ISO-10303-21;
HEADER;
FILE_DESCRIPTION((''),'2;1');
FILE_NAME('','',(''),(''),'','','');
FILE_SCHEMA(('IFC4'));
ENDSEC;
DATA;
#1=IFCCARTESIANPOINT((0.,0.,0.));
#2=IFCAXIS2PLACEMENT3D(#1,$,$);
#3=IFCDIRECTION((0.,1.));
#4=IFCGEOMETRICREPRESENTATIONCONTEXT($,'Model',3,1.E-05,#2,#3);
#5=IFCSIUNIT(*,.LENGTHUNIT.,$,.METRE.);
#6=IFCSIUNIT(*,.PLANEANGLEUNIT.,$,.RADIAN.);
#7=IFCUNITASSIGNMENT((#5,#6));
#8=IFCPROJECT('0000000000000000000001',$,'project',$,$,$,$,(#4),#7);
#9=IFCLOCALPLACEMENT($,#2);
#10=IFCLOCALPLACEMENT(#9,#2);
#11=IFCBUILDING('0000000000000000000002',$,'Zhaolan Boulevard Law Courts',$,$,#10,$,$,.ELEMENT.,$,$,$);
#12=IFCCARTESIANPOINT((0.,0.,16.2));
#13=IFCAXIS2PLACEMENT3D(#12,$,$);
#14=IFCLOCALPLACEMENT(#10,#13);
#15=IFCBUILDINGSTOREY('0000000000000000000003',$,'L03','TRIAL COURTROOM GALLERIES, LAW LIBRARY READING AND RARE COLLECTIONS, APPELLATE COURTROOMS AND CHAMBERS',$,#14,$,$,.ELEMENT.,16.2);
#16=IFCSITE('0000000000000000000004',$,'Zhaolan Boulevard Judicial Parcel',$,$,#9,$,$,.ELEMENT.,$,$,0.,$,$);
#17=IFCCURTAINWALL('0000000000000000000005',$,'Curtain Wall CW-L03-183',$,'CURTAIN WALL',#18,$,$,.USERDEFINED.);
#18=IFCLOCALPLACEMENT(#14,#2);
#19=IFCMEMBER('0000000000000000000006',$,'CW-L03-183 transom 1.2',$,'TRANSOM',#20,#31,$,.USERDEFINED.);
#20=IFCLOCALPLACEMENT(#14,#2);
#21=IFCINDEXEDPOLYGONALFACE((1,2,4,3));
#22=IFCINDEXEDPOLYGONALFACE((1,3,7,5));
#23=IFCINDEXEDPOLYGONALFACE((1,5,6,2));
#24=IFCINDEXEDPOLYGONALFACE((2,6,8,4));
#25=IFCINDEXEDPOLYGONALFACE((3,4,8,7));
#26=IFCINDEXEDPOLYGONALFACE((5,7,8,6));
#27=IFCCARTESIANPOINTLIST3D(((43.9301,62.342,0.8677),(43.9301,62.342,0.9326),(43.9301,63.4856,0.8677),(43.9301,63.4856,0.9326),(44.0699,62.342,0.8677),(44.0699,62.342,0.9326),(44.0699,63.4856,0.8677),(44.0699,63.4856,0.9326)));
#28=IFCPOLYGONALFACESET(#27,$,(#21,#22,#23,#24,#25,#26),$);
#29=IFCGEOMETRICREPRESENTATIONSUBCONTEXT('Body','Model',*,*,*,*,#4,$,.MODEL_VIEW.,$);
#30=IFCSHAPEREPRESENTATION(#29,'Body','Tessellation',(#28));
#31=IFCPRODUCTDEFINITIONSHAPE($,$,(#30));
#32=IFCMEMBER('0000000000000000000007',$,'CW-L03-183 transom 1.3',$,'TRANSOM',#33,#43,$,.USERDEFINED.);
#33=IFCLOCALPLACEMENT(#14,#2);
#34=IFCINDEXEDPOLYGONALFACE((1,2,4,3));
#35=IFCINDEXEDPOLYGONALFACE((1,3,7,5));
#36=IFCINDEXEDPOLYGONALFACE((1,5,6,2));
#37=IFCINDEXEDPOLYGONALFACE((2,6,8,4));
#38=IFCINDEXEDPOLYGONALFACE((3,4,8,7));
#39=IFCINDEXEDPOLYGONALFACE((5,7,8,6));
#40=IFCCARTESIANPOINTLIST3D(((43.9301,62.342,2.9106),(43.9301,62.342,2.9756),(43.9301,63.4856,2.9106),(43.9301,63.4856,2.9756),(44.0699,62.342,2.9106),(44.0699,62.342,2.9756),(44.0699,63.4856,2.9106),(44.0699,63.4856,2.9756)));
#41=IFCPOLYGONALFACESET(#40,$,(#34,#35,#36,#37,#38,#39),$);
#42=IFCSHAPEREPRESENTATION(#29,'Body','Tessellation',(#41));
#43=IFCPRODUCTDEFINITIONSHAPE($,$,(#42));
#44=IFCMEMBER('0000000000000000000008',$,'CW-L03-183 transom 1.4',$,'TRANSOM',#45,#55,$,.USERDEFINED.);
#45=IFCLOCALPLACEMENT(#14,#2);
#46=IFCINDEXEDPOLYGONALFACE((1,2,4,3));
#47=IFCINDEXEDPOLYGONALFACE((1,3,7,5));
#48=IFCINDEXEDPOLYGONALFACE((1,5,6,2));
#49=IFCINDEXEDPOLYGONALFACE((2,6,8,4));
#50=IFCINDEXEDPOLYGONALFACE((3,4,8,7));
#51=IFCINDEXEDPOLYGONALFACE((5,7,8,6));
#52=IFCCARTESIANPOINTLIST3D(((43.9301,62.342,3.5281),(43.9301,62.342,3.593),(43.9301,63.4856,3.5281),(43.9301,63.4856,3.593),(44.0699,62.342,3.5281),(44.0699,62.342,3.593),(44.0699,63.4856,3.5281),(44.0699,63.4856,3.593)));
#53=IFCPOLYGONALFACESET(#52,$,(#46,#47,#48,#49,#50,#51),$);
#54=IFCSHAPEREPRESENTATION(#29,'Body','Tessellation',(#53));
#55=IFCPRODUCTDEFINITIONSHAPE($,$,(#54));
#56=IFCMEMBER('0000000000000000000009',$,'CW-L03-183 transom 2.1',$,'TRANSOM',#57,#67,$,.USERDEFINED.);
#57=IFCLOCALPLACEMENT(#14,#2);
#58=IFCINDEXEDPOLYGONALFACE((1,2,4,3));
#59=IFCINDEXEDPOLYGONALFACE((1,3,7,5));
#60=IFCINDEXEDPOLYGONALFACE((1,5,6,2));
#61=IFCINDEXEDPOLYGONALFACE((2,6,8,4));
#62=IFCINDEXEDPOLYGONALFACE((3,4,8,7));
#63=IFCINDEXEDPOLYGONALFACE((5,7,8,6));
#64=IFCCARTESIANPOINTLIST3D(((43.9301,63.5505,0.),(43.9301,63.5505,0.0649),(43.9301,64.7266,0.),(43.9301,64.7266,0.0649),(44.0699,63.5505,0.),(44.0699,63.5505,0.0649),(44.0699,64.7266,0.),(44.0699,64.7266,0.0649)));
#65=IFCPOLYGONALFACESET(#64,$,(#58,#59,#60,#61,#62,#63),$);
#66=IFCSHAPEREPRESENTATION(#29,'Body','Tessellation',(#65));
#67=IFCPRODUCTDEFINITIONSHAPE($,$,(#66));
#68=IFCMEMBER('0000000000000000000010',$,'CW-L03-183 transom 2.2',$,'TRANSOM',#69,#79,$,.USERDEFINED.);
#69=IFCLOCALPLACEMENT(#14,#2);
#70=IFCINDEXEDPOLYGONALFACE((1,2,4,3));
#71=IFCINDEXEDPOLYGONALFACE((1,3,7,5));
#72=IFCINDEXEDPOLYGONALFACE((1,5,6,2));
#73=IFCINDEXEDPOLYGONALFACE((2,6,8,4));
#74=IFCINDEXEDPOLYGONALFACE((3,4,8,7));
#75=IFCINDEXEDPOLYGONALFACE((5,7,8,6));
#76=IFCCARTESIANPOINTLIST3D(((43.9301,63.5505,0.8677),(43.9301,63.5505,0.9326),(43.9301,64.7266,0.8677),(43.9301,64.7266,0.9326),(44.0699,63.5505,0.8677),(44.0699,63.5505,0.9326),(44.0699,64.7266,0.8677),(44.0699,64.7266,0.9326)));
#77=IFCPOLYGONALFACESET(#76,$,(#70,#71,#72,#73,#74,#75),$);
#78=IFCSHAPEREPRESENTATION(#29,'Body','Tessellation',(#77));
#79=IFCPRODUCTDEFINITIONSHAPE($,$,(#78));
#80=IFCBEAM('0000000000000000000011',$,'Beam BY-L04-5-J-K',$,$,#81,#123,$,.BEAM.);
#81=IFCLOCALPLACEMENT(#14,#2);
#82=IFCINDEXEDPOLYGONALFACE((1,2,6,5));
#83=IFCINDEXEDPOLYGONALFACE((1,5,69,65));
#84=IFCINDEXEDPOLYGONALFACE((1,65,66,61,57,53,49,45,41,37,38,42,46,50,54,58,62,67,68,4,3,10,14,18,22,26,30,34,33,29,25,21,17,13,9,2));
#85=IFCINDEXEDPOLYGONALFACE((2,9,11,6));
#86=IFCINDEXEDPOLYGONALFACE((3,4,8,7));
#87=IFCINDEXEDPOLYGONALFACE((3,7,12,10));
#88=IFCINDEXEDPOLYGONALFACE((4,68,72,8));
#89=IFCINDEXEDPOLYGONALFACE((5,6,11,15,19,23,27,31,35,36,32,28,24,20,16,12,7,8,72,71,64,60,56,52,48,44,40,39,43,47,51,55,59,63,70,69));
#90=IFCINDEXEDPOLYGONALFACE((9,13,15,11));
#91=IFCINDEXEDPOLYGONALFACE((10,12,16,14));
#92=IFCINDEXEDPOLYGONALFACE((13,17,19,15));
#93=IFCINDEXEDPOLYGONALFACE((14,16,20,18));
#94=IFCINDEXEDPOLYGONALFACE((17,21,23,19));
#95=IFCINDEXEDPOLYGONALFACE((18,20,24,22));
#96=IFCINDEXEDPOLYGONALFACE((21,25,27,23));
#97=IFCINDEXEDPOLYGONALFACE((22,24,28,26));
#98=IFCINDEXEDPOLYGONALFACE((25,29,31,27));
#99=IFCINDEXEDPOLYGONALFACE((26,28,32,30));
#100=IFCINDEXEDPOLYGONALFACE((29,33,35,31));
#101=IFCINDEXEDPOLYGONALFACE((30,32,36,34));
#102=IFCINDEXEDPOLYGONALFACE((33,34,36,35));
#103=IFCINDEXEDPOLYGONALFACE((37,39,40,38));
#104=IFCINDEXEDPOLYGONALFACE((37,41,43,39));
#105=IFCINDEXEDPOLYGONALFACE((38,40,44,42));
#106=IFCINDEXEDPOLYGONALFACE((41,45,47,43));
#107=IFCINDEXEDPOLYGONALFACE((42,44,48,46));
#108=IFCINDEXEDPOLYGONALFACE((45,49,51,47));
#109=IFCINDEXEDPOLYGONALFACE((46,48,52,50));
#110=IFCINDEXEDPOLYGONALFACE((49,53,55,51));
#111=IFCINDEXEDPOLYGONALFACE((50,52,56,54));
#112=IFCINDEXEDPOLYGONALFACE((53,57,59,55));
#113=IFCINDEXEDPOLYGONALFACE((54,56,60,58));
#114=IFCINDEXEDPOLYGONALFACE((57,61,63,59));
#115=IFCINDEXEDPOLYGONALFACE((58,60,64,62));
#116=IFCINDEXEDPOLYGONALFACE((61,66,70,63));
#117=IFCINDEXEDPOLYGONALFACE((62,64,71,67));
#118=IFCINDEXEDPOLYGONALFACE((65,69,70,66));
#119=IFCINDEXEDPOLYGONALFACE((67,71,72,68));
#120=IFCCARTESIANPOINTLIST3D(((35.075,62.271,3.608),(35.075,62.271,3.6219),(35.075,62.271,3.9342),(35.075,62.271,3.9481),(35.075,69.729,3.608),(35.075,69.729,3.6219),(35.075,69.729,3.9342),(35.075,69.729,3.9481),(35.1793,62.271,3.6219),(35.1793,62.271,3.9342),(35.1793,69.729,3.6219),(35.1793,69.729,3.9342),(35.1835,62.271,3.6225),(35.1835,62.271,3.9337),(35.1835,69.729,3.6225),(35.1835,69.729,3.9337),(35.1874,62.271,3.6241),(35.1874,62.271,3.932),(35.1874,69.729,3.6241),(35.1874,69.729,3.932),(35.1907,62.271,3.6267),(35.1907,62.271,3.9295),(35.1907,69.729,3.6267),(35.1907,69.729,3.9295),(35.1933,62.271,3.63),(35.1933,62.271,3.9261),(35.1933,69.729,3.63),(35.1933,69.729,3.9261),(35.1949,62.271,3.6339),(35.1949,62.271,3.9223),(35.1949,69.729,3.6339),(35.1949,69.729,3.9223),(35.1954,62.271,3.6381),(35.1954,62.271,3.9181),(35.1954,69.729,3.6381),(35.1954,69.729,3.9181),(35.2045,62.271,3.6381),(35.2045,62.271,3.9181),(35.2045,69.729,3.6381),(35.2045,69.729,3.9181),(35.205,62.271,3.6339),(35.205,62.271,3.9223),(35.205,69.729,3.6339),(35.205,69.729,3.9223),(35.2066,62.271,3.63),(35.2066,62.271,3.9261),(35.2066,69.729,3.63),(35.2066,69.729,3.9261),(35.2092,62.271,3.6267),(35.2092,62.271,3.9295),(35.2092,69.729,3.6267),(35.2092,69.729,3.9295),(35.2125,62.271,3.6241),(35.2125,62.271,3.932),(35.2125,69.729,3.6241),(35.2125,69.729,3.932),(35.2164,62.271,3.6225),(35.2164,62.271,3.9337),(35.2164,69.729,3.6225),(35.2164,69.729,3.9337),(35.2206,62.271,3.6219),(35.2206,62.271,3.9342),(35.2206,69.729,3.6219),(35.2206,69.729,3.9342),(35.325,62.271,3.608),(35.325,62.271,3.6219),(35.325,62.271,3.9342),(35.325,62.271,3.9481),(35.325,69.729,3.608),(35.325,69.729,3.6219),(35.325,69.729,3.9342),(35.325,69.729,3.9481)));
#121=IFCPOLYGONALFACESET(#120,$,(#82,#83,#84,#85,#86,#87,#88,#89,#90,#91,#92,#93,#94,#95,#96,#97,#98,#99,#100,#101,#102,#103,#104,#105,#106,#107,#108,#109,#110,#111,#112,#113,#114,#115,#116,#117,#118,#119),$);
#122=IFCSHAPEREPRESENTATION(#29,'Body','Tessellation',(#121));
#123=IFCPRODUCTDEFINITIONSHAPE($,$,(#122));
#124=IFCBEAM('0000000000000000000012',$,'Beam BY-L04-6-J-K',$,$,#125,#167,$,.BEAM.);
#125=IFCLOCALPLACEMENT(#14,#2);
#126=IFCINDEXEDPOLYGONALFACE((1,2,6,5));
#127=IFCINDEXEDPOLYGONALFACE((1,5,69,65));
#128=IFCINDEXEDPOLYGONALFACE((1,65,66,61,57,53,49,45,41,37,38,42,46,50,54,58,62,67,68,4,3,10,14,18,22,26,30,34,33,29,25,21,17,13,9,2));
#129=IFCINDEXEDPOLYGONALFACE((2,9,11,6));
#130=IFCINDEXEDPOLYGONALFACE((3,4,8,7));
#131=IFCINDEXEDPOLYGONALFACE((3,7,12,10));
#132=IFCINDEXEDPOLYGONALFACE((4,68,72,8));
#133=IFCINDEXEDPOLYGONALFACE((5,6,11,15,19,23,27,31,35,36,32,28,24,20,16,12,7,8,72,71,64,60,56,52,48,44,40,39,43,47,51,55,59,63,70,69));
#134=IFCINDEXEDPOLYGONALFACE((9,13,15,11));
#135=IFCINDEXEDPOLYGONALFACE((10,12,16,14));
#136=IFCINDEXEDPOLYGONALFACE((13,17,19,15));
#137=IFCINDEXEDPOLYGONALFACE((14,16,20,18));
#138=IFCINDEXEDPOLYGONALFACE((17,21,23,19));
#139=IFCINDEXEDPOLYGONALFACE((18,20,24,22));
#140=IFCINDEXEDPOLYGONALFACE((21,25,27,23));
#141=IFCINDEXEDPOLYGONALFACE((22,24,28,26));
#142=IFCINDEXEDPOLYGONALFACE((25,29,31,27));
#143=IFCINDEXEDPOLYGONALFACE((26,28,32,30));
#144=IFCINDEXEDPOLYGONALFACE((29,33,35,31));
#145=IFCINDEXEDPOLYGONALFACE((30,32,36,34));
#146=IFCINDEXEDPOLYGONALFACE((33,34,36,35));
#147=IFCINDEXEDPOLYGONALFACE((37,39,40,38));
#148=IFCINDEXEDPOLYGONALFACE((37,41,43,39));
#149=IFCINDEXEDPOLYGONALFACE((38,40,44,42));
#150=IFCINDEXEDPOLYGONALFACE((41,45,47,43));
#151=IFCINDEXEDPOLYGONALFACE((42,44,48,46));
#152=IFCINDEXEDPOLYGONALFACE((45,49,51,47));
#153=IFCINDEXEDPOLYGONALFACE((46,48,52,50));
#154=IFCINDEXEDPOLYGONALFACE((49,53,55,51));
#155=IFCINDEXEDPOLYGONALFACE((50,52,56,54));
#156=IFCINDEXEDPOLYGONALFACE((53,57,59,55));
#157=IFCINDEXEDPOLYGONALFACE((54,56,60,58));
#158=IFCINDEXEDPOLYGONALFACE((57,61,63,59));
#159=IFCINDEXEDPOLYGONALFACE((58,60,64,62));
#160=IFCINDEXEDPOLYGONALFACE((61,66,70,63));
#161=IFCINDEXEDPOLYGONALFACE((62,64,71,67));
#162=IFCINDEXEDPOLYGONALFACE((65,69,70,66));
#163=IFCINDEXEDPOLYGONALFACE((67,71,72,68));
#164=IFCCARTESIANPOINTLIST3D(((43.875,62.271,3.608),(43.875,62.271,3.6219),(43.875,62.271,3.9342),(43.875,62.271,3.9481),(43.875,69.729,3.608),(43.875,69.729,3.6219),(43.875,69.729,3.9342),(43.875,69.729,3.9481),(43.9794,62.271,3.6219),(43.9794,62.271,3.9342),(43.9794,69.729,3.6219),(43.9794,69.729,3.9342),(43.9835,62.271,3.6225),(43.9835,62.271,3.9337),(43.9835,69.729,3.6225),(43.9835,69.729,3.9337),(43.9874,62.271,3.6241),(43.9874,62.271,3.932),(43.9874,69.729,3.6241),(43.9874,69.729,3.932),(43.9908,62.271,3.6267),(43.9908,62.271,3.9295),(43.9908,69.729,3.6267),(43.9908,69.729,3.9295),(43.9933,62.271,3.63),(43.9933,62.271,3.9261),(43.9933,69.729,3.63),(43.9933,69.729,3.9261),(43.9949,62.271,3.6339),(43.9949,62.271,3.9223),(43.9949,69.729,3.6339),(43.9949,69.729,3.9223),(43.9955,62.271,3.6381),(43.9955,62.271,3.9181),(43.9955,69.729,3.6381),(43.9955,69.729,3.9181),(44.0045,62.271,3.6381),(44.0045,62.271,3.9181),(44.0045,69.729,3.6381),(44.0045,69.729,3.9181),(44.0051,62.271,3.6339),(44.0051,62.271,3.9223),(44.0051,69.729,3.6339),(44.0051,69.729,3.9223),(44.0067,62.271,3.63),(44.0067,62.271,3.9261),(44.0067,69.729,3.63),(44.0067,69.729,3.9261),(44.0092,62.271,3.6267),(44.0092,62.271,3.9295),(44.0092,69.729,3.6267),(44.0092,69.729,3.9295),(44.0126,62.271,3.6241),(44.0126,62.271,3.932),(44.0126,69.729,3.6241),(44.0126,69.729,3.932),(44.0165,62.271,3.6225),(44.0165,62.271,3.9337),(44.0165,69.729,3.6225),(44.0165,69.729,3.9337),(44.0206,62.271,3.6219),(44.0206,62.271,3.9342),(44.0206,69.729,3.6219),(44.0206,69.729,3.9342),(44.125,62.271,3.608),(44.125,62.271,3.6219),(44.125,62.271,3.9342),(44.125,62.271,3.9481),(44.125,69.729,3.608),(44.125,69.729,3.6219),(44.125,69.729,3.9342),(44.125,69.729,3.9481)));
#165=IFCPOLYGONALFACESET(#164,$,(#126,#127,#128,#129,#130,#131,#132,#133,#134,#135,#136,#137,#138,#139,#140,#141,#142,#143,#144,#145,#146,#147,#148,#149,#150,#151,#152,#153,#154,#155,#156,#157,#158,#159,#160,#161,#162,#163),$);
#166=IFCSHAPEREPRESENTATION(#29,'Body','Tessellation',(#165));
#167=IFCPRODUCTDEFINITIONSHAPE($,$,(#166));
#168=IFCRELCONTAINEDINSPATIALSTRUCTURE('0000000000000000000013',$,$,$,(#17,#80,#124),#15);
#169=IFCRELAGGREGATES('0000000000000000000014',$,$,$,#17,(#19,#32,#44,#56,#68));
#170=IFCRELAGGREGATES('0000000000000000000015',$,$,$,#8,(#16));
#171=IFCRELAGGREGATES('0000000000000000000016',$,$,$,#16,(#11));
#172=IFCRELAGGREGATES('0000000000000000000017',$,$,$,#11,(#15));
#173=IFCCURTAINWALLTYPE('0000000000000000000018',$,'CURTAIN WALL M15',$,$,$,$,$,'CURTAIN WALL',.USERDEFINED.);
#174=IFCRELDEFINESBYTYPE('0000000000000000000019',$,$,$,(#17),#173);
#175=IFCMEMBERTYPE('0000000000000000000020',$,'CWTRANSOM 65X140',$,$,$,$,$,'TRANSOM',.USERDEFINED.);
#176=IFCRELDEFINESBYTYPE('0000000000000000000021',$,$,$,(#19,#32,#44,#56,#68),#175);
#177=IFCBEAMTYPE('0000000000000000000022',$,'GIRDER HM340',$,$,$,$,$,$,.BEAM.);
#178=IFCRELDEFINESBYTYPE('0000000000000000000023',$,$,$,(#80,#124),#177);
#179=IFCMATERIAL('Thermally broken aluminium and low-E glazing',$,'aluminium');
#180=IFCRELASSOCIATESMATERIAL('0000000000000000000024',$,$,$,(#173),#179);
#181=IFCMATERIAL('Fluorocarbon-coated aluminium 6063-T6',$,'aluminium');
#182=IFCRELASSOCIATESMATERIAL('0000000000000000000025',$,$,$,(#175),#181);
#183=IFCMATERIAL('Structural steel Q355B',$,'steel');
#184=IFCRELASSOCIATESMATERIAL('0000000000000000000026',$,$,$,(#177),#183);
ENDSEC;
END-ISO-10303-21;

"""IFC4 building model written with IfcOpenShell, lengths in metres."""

from ifc_helpers import new_model, si_unit, direction, frame, origin, origin_2d, place, context, subcontext, project, spatial, rectangle, i_section, extrude, material, material_profile, profile_set, type_object, element, aggregate, save


model = new_model("IFC4")

# Units and contexts
model_context = context("Model", 3, precision=1e-05, world=origin(), true_north=direction((0.0, 1.0)))
body_context = subcontext(model_context, "Body", "Model", "MODEL_VIEW")
ifc_project = project(units=[si_unit("LENGTHUNIT", "METRE"), si_unit("PLANEANGLEUNIT", "RADIAN")], contexts=[model_context])

# Site, building, storey
site_placement = place(None, origin())
site = spatial("IfcSite", under=ifc_project, at=site_placement, Name="Zhaolan Boulevard Judicial Parcel", CompositionType="ELEMENT", RefElevation=0.0)
building_placement = place(site_placement, origin())
building = spatial("IfcBuilding", under=site, at=building_placement, Name="Zhaolan Boulevard Law Courts", CompositionType="ELEMENT")
storey_placement = place(building_placement, frame((0.0, 0.0, 16.2)))
storey = spatial("IfcBuildingStorey", under=building, at=storey_placement, Name="L03", Description="TRIAL COURTROOM GALLERIES, LAW LIBRARY READING AND RARE COLLECTIONS, APPELLATE COURTROOMS AND CHAMBERS", CompositionType="ELEMENT", Elevation=16.2)

# Curtain wall
ifc_material_1 = material(Name="Thermally broken aluminium and low-E glazing", Category="aluminium")
curtain_wall_type_1 = type_object("IfcCurtainWallType", Name="CURTAIN WALL M15", ElementType="CURTAIN WALL", PredefinedType="USERDEFINED", material=ifc_material_1)
curtain_wall_1_placement = place(storey_placement, origin())
curtain_wall_1 = element("IfcCurtainWall", 1, at=curtain_wall_1_placement, inside=storey, type_object=curtain_wall_type_1, Name="Curtain Wall CW-L03-183", ObjectType="CURTAIN WALL", PredefinedType="USERDEFINED")

# Members
ifc_material_2 = material(Name="Fluorocarbon-coated aluminium 6063-T6", Category="aluminium")
ifc_material_profile_1 = material_profile(ifc_material_2, rectangle(XDim=0.1399, YDim=0.0649, at=origin_2d()), Name="AL65x140")
ifc_profile_set_1 = profile_set([ifc_material_profile_1], Name="Fluorocarbon-coated aluminium 6063-T6")
member_type_1 = type_object("IfcMemberType", Name="CWTRANSOM 65X140", ElementType="TRANSOM", PredefinedType="USERDEFINED", material=ifc_profile_set_1)
member_1_placement = place(storey_placement, frame((44.0, 62.342, 0.9001), z_axis=(0.0, 1.0, 0.0), x_axis=(-1.0, 0.0, 0.0)))
member_1 = element("IfcMember", 2, at=member_1_placement, type_object=member_type_1, Name="CW-L03-183 transom 1.2", ObjectType="TRANSOM", PredefinedType="USERDEFINED", context=body_context, shape_type="SweptSolid", body=[
    extrude(rectangle(XDim=0.1399, YDim=0.0649, at=origin_2d()), origin(), (0.0, 0.0, 1.0), 1.1436),
])
member_2_placement = place(storey_placement, frame((44.0, 62.342, 2.9431), z_axis=(0.0, 1.0, 0.0), x_axis=(-1.0, 0.0, 0.0)))
member_2 = element("IfcMember", 3, at=member_2_placement, type_object=member_type_1, Name="CW-L03-183 transom 1.3", ObjectType="TRANSOM", PredefinedType="USERDEFINED", context=body_context, shape_type="SweptSolid", body=[
    extrude(rectangle(XDim=0.1399, YDim=0.0649, at=origin_2d()), origin(), (0.0, 0.0, 1.0), 1.1436),
])
member_3_placement = place(storey_placement, frame((44.0, 62.342, 3.5605), z_axis=(0.0, 1.0, 0.0), x_axis=(-1.0, 0.0, 0.0)))
member_3 = element("IfcMember", 4, at=member_3_placement, type_object=member_type_1, Name="CW-L03-183 transom 1.4", ObjectType="TRANSOM", PredefinedType="USERDEFINED", context=body_context, shape_type="SweptSolid", body=[
    extrude(rectangle(XDim=0.1399, YDim=0.0649, at=origin_2d()), origin(), (0.0, 0.0, 1.0), 1.1436),
])
member_4_placement = place(storey_placement, frame((44.0, 63.5505, 0.0325), z_axis=(0.0, 1.0, 0.0), x_axis=(-1.0, 0.0, 0.0)))
member_4 = element("IfcMember", 5, at=member_4_placement, type_object=member_type_1, Name="CW-L03-183 transom 2.1", ObjectType="TRANSOM", PredefinedType="USERDEFINED", context=body_context, shape_type="SweptSolid", body=[
    extrude(rectangle(XDim=0.1399, YDim=0.0649, at=origin_2d()), origin(), (0.0, 0.0, 1.0), 1.176),
])
member_5_placement = place(storey_placement, frame((44.0, 63.5505, 0.9001), z_axis=(0.0, 1.0, 0.0), x_axis=(-1.0, 0.0, 0.0)))
member_5 = element("IfcMember", 6, at=member_5_placement, type_object=member_type_1, Name="CW-L03-183 transom 2.2", ObjectType="TRANSOM", PredefinedType="USERDEFINED", context=body_context, shape_type="SweptSolid", body=[
    extrude(rectangle(XDim=0.1399, YDim=0.0649, at=origin_2d()), origin(), (0.0, 0.0, 1.0), 1.176),
])

# Beams
ifc_material_3 = material(Name="Structural steel Q355B", Category="steel")
ifc_material_profile_2 = material_profile(ifc_material_3, i_section(OverallWidth=0.25, OverallDepth=0.3401, WebThickness=0.009, FlangeThickness=0.0139, FilletRadius=0.0161, at=origin_2d()), Name="HM340x250")
ifc_profile_set_2 = profile_set([ifc_material_profile_2], Name="Structural steel Q355B")
beam_type_1 = type_object("IfcBeamType", Name="GIRDER HM340", PredefinedType="BEAM", material=ifc_profile_set_2)
for number, where, z_axis, x_axis, name in (
    (7, (35.2, 62.271, 3.7781), (0.0, 1.0, 0.0), (-1.0, 0.0, 0.0), "Beam BY-L04-5-J-K"),
    (8, (44.0, 62.271, 3.7781), (0.0, 1.0, 0.0), (-1.0, 0.0, 0.0), "Beam BY-L04-6-J-K"),
):
    element("IfcBeam", number, at=place(storey_placement, frame(where, z_axis=z_axis, x_axis=x_axis)), inside=storey, type_object=beam_type_1, Name=name, PredefinedType="BEAM", context=body_context, shape_type="SweptSolid", body=[
        extrude(i_section(OverallWidth=0.25, OverallDepth=0.3401, WebThickness=0.009, FlangeThickness=0.0139, FilletRadius=0.0161, at=origin_2d()), origin(), (0.0, 0.0, 1.0), 7.458),
    ])

aggregate(curtain_wall_1, [member_1, member_2, member_3, member_4, member_5])

save(model, "model.ifc")
